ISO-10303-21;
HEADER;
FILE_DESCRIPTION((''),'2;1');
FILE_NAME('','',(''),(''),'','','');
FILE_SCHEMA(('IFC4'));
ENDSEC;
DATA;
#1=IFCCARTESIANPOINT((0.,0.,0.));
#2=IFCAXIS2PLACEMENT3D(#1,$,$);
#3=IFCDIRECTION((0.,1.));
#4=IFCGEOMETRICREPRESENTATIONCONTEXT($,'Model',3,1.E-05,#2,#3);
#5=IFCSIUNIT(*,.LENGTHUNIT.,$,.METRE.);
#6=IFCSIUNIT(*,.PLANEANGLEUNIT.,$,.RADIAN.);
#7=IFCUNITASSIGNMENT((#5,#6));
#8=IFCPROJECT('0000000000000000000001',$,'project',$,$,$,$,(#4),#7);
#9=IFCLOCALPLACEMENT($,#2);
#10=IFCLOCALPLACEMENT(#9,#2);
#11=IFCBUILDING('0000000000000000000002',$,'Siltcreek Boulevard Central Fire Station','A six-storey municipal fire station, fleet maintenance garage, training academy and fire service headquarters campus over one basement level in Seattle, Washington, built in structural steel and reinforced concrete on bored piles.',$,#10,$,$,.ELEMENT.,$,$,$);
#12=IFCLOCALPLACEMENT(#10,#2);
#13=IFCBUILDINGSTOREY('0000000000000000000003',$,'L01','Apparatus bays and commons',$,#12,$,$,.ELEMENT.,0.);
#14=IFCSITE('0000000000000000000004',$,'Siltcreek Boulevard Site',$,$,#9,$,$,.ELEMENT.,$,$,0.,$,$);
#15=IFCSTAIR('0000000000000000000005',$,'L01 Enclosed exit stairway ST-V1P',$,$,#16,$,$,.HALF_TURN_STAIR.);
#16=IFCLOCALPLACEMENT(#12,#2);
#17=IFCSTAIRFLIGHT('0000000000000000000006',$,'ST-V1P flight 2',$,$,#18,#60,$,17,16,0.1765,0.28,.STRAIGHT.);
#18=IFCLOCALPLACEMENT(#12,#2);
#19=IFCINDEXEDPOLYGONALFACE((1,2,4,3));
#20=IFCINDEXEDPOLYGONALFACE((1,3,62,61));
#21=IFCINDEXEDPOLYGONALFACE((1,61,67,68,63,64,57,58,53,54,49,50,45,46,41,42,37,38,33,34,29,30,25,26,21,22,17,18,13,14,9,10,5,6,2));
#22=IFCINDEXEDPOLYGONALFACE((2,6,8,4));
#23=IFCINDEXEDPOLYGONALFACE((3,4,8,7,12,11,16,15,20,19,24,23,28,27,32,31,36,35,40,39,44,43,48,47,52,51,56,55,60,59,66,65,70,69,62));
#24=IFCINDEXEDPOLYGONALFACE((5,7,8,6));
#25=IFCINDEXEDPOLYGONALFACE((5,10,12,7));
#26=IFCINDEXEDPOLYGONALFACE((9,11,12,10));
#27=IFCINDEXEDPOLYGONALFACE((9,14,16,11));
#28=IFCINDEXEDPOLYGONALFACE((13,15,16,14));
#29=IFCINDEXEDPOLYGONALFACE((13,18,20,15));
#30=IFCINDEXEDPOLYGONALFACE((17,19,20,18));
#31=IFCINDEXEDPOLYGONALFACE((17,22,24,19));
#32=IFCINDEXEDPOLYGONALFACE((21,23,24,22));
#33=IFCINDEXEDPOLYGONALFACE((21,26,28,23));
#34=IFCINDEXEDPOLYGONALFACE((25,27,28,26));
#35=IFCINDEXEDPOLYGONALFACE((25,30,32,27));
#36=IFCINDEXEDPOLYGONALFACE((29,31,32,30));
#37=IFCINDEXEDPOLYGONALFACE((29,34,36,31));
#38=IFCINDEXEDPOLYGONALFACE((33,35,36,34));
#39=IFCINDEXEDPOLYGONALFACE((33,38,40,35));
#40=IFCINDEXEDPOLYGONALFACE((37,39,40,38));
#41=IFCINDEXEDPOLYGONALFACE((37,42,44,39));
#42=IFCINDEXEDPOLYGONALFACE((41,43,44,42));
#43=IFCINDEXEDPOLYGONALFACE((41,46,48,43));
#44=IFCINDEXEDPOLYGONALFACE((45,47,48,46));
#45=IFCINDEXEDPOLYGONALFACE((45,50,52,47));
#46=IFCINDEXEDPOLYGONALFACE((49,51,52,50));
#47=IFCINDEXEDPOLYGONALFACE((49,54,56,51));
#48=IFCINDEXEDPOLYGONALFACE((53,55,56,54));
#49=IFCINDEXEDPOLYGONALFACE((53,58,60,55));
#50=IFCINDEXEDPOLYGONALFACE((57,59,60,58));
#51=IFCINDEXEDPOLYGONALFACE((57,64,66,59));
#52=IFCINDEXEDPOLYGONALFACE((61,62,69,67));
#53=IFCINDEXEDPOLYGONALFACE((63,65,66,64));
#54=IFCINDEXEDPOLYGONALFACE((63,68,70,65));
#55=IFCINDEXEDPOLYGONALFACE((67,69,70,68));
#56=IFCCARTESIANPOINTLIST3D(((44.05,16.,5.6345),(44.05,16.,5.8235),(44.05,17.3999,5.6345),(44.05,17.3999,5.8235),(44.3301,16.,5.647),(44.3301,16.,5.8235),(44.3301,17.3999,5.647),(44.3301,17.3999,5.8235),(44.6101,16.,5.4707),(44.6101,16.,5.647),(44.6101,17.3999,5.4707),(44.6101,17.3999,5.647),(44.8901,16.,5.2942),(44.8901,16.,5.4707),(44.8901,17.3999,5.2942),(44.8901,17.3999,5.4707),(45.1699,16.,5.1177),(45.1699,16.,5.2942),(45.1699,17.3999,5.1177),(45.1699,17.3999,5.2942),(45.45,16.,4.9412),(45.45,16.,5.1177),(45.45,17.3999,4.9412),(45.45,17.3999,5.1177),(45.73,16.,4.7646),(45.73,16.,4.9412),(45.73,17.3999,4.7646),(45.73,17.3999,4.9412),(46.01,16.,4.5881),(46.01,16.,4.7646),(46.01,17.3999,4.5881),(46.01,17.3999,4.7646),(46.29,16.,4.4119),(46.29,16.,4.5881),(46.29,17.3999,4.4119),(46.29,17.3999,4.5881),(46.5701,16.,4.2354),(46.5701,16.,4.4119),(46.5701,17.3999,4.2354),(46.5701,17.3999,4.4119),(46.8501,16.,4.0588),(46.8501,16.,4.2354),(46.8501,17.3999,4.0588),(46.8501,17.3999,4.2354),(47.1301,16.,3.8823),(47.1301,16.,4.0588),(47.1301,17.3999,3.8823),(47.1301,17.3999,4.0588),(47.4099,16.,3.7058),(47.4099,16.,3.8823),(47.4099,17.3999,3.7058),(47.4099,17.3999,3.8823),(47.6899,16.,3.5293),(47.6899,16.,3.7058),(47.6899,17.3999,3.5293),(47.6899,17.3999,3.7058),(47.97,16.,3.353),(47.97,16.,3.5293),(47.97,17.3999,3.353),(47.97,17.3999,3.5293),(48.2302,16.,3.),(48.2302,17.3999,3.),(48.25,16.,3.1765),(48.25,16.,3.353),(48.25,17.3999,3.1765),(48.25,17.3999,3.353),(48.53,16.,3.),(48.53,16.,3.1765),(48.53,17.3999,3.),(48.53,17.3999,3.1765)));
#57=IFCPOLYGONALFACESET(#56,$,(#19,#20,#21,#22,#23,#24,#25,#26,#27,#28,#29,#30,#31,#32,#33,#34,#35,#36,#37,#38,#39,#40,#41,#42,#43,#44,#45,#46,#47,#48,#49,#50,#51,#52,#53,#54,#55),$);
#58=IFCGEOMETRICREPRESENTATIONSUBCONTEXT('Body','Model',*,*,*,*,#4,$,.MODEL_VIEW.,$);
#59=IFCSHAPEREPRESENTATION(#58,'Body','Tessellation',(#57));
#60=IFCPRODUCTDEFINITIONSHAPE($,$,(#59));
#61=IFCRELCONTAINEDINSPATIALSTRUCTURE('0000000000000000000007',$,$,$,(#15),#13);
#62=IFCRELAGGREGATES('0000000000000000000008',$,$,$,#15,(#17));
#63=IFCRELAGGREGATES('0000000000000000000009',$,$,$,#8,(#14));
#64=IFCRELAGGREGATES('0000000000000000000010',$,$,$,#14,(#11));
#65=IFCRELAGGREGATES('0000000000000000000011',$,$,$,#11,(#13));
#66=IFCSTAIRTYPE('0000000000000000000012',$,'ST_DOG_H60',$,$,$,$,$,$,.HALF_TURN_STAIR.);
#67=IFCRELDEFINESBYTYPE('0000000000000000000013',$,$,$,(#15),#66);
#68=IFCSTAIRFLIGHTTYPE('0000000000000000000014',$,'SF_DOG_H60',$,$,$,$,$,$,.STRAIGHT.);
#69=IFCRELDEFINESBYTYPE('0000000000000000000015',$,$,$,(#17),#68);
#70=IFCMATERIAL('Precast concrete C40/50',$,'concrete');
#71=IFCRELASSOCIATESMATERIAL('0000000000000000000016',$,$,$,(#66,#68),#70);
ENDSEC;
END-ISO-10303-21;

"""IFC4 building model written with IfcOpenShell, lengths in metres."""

from ifc_helpers import new_model, si_unit, direction, frame, origin, place, context, subcontext, project, spatial, polyline, outline, extrude, material, type_object, element, aggregate, save


model = new_model("IFC4")

# Units and contexts
model_context = context("Model", 3, precision=1e-05, world=origin(), true_north=direction((0.0, 1.0)))
body_context = subcontext(model_context, "Body", "Model", "MODEL_VIEW")
ifc_project = project(units=[si_unit("LENGTHUNIT", "METRE"), si_unit("PLANEANGLEUNIT", "RADIAN")], contexts=[model_context])

# Site, building, storey
site_placement = place(None, origin())
site = spatial("IfcSite", under=ifc_project, at=site_placement, Name="Siltcreek Boulevard Site", CompositionType="ELEMENT", RefElevation=0.0)
building_placement = place(site_placement, origin())
building = spatial("IfcBuilding", under=site, at=building_placement, Name="Siltcreek Boulevard Central Fire Station", Description="A six-storey municipal fire station, fleet maintenance garage, training academy and fire service headquarters campus over one basement level in Seattle, Washington, built in structural steel and reinforced concrete on bored piles.", CompositionType="ELEMENT")
storey_placement = place(building_placement, origin())
storey = spatial("IfcBuildingStorey", under=building, at=storey_placement, Name="L01", Description="Apparatus bays and commons", CompositionType="ELEMENT", Elevation=0.0)

# Stair, stair flight
ifc_material_1 = material(Name="Precast concrete C40/50", Category="concrete")
stair_type = type_object("IfcStairType", Name="ST_DOG_H60", PredefinedType="HALF_TURN_STAIR", material=ifc_material_1)
stair_placement = place(storey_placement, origin())
stair = element("IfcStair", 1, at=stair_placement, inside=storey, type_object=stair_type, Name="L01 Enclosed exit stairway ST-V1P", PredefinedType="HALF_TURN_STAIR")
stair_flight_type = type_object("IfcStairFlightType", Name="SF_DOG_H60", PredefinedType="STRAIGHT", material=ifc_material_1)
stair_flight_placement = place(storey_placement, frame((48.53, 16.7, 3.0), z_axis=(0.0, 0.0, 1.0), x_axis=(-1.0, 0.0, 0.0)))
stair_flight = element("IfcStairFlight", 2, at=stair_flight_placement, type_object=stair_flight_type, Name="ST-V1P flight 2", NumberOfRisers=17, NumberOfTreads=16, PredefinedType="STRAIGHT", RiserHeight=0.1765, TreadLength=0.28, context=body_context, shape_type="SweptSolid", body=[
    extrude(outline(polyline([(0.0, 0.0), (0.0, 0.1765), (0.28, 0.1765), (0.28, 0.353), (0.5601, 0.353), (0.5601, 0.5293), (0.8401, 0.5293), (0.8401, 0.7058), (1.1201, 0.7058), (1.1201, 0.8823), (1.3999, 0.8823), (1.3999, 1.0588), (1.6799, 1.0588), (1.6799, 1.2354), (1.96, 1.2354), (1.96, 1.4119), (2.24, 1.4119), (2.24, 1.5881), (2.52, 1.5881), (2.52, 1.7646), (2.8, 1.7646), (2.8, 1.9412), (3.0801, 1.9412), (3.0801, 2.1177), (3.3601, 2.1177), (3.3601, 2.2942), (3.6399, 2.2942), (3.6399, 2.4707), (3.9199, 2.4707), (3.9199, 2.647), (4.2, 2.647), (4.2, 2.8235), (4.48, 2.8235), (4.48, 3.0), (4.48, 2.6345), (0.2998, 0.0), (0.0, 0.0)])), frame((0.0, 0.7, 0.0), z_axis=(0.0, -1.0, 0.0), x_axis=(1.0, 0.0, 0.0)), (0.0, 0.0, 1.0), 1.3999),
])
aggregate(stair, [stair_flight])

save(model, "model.ifc")
